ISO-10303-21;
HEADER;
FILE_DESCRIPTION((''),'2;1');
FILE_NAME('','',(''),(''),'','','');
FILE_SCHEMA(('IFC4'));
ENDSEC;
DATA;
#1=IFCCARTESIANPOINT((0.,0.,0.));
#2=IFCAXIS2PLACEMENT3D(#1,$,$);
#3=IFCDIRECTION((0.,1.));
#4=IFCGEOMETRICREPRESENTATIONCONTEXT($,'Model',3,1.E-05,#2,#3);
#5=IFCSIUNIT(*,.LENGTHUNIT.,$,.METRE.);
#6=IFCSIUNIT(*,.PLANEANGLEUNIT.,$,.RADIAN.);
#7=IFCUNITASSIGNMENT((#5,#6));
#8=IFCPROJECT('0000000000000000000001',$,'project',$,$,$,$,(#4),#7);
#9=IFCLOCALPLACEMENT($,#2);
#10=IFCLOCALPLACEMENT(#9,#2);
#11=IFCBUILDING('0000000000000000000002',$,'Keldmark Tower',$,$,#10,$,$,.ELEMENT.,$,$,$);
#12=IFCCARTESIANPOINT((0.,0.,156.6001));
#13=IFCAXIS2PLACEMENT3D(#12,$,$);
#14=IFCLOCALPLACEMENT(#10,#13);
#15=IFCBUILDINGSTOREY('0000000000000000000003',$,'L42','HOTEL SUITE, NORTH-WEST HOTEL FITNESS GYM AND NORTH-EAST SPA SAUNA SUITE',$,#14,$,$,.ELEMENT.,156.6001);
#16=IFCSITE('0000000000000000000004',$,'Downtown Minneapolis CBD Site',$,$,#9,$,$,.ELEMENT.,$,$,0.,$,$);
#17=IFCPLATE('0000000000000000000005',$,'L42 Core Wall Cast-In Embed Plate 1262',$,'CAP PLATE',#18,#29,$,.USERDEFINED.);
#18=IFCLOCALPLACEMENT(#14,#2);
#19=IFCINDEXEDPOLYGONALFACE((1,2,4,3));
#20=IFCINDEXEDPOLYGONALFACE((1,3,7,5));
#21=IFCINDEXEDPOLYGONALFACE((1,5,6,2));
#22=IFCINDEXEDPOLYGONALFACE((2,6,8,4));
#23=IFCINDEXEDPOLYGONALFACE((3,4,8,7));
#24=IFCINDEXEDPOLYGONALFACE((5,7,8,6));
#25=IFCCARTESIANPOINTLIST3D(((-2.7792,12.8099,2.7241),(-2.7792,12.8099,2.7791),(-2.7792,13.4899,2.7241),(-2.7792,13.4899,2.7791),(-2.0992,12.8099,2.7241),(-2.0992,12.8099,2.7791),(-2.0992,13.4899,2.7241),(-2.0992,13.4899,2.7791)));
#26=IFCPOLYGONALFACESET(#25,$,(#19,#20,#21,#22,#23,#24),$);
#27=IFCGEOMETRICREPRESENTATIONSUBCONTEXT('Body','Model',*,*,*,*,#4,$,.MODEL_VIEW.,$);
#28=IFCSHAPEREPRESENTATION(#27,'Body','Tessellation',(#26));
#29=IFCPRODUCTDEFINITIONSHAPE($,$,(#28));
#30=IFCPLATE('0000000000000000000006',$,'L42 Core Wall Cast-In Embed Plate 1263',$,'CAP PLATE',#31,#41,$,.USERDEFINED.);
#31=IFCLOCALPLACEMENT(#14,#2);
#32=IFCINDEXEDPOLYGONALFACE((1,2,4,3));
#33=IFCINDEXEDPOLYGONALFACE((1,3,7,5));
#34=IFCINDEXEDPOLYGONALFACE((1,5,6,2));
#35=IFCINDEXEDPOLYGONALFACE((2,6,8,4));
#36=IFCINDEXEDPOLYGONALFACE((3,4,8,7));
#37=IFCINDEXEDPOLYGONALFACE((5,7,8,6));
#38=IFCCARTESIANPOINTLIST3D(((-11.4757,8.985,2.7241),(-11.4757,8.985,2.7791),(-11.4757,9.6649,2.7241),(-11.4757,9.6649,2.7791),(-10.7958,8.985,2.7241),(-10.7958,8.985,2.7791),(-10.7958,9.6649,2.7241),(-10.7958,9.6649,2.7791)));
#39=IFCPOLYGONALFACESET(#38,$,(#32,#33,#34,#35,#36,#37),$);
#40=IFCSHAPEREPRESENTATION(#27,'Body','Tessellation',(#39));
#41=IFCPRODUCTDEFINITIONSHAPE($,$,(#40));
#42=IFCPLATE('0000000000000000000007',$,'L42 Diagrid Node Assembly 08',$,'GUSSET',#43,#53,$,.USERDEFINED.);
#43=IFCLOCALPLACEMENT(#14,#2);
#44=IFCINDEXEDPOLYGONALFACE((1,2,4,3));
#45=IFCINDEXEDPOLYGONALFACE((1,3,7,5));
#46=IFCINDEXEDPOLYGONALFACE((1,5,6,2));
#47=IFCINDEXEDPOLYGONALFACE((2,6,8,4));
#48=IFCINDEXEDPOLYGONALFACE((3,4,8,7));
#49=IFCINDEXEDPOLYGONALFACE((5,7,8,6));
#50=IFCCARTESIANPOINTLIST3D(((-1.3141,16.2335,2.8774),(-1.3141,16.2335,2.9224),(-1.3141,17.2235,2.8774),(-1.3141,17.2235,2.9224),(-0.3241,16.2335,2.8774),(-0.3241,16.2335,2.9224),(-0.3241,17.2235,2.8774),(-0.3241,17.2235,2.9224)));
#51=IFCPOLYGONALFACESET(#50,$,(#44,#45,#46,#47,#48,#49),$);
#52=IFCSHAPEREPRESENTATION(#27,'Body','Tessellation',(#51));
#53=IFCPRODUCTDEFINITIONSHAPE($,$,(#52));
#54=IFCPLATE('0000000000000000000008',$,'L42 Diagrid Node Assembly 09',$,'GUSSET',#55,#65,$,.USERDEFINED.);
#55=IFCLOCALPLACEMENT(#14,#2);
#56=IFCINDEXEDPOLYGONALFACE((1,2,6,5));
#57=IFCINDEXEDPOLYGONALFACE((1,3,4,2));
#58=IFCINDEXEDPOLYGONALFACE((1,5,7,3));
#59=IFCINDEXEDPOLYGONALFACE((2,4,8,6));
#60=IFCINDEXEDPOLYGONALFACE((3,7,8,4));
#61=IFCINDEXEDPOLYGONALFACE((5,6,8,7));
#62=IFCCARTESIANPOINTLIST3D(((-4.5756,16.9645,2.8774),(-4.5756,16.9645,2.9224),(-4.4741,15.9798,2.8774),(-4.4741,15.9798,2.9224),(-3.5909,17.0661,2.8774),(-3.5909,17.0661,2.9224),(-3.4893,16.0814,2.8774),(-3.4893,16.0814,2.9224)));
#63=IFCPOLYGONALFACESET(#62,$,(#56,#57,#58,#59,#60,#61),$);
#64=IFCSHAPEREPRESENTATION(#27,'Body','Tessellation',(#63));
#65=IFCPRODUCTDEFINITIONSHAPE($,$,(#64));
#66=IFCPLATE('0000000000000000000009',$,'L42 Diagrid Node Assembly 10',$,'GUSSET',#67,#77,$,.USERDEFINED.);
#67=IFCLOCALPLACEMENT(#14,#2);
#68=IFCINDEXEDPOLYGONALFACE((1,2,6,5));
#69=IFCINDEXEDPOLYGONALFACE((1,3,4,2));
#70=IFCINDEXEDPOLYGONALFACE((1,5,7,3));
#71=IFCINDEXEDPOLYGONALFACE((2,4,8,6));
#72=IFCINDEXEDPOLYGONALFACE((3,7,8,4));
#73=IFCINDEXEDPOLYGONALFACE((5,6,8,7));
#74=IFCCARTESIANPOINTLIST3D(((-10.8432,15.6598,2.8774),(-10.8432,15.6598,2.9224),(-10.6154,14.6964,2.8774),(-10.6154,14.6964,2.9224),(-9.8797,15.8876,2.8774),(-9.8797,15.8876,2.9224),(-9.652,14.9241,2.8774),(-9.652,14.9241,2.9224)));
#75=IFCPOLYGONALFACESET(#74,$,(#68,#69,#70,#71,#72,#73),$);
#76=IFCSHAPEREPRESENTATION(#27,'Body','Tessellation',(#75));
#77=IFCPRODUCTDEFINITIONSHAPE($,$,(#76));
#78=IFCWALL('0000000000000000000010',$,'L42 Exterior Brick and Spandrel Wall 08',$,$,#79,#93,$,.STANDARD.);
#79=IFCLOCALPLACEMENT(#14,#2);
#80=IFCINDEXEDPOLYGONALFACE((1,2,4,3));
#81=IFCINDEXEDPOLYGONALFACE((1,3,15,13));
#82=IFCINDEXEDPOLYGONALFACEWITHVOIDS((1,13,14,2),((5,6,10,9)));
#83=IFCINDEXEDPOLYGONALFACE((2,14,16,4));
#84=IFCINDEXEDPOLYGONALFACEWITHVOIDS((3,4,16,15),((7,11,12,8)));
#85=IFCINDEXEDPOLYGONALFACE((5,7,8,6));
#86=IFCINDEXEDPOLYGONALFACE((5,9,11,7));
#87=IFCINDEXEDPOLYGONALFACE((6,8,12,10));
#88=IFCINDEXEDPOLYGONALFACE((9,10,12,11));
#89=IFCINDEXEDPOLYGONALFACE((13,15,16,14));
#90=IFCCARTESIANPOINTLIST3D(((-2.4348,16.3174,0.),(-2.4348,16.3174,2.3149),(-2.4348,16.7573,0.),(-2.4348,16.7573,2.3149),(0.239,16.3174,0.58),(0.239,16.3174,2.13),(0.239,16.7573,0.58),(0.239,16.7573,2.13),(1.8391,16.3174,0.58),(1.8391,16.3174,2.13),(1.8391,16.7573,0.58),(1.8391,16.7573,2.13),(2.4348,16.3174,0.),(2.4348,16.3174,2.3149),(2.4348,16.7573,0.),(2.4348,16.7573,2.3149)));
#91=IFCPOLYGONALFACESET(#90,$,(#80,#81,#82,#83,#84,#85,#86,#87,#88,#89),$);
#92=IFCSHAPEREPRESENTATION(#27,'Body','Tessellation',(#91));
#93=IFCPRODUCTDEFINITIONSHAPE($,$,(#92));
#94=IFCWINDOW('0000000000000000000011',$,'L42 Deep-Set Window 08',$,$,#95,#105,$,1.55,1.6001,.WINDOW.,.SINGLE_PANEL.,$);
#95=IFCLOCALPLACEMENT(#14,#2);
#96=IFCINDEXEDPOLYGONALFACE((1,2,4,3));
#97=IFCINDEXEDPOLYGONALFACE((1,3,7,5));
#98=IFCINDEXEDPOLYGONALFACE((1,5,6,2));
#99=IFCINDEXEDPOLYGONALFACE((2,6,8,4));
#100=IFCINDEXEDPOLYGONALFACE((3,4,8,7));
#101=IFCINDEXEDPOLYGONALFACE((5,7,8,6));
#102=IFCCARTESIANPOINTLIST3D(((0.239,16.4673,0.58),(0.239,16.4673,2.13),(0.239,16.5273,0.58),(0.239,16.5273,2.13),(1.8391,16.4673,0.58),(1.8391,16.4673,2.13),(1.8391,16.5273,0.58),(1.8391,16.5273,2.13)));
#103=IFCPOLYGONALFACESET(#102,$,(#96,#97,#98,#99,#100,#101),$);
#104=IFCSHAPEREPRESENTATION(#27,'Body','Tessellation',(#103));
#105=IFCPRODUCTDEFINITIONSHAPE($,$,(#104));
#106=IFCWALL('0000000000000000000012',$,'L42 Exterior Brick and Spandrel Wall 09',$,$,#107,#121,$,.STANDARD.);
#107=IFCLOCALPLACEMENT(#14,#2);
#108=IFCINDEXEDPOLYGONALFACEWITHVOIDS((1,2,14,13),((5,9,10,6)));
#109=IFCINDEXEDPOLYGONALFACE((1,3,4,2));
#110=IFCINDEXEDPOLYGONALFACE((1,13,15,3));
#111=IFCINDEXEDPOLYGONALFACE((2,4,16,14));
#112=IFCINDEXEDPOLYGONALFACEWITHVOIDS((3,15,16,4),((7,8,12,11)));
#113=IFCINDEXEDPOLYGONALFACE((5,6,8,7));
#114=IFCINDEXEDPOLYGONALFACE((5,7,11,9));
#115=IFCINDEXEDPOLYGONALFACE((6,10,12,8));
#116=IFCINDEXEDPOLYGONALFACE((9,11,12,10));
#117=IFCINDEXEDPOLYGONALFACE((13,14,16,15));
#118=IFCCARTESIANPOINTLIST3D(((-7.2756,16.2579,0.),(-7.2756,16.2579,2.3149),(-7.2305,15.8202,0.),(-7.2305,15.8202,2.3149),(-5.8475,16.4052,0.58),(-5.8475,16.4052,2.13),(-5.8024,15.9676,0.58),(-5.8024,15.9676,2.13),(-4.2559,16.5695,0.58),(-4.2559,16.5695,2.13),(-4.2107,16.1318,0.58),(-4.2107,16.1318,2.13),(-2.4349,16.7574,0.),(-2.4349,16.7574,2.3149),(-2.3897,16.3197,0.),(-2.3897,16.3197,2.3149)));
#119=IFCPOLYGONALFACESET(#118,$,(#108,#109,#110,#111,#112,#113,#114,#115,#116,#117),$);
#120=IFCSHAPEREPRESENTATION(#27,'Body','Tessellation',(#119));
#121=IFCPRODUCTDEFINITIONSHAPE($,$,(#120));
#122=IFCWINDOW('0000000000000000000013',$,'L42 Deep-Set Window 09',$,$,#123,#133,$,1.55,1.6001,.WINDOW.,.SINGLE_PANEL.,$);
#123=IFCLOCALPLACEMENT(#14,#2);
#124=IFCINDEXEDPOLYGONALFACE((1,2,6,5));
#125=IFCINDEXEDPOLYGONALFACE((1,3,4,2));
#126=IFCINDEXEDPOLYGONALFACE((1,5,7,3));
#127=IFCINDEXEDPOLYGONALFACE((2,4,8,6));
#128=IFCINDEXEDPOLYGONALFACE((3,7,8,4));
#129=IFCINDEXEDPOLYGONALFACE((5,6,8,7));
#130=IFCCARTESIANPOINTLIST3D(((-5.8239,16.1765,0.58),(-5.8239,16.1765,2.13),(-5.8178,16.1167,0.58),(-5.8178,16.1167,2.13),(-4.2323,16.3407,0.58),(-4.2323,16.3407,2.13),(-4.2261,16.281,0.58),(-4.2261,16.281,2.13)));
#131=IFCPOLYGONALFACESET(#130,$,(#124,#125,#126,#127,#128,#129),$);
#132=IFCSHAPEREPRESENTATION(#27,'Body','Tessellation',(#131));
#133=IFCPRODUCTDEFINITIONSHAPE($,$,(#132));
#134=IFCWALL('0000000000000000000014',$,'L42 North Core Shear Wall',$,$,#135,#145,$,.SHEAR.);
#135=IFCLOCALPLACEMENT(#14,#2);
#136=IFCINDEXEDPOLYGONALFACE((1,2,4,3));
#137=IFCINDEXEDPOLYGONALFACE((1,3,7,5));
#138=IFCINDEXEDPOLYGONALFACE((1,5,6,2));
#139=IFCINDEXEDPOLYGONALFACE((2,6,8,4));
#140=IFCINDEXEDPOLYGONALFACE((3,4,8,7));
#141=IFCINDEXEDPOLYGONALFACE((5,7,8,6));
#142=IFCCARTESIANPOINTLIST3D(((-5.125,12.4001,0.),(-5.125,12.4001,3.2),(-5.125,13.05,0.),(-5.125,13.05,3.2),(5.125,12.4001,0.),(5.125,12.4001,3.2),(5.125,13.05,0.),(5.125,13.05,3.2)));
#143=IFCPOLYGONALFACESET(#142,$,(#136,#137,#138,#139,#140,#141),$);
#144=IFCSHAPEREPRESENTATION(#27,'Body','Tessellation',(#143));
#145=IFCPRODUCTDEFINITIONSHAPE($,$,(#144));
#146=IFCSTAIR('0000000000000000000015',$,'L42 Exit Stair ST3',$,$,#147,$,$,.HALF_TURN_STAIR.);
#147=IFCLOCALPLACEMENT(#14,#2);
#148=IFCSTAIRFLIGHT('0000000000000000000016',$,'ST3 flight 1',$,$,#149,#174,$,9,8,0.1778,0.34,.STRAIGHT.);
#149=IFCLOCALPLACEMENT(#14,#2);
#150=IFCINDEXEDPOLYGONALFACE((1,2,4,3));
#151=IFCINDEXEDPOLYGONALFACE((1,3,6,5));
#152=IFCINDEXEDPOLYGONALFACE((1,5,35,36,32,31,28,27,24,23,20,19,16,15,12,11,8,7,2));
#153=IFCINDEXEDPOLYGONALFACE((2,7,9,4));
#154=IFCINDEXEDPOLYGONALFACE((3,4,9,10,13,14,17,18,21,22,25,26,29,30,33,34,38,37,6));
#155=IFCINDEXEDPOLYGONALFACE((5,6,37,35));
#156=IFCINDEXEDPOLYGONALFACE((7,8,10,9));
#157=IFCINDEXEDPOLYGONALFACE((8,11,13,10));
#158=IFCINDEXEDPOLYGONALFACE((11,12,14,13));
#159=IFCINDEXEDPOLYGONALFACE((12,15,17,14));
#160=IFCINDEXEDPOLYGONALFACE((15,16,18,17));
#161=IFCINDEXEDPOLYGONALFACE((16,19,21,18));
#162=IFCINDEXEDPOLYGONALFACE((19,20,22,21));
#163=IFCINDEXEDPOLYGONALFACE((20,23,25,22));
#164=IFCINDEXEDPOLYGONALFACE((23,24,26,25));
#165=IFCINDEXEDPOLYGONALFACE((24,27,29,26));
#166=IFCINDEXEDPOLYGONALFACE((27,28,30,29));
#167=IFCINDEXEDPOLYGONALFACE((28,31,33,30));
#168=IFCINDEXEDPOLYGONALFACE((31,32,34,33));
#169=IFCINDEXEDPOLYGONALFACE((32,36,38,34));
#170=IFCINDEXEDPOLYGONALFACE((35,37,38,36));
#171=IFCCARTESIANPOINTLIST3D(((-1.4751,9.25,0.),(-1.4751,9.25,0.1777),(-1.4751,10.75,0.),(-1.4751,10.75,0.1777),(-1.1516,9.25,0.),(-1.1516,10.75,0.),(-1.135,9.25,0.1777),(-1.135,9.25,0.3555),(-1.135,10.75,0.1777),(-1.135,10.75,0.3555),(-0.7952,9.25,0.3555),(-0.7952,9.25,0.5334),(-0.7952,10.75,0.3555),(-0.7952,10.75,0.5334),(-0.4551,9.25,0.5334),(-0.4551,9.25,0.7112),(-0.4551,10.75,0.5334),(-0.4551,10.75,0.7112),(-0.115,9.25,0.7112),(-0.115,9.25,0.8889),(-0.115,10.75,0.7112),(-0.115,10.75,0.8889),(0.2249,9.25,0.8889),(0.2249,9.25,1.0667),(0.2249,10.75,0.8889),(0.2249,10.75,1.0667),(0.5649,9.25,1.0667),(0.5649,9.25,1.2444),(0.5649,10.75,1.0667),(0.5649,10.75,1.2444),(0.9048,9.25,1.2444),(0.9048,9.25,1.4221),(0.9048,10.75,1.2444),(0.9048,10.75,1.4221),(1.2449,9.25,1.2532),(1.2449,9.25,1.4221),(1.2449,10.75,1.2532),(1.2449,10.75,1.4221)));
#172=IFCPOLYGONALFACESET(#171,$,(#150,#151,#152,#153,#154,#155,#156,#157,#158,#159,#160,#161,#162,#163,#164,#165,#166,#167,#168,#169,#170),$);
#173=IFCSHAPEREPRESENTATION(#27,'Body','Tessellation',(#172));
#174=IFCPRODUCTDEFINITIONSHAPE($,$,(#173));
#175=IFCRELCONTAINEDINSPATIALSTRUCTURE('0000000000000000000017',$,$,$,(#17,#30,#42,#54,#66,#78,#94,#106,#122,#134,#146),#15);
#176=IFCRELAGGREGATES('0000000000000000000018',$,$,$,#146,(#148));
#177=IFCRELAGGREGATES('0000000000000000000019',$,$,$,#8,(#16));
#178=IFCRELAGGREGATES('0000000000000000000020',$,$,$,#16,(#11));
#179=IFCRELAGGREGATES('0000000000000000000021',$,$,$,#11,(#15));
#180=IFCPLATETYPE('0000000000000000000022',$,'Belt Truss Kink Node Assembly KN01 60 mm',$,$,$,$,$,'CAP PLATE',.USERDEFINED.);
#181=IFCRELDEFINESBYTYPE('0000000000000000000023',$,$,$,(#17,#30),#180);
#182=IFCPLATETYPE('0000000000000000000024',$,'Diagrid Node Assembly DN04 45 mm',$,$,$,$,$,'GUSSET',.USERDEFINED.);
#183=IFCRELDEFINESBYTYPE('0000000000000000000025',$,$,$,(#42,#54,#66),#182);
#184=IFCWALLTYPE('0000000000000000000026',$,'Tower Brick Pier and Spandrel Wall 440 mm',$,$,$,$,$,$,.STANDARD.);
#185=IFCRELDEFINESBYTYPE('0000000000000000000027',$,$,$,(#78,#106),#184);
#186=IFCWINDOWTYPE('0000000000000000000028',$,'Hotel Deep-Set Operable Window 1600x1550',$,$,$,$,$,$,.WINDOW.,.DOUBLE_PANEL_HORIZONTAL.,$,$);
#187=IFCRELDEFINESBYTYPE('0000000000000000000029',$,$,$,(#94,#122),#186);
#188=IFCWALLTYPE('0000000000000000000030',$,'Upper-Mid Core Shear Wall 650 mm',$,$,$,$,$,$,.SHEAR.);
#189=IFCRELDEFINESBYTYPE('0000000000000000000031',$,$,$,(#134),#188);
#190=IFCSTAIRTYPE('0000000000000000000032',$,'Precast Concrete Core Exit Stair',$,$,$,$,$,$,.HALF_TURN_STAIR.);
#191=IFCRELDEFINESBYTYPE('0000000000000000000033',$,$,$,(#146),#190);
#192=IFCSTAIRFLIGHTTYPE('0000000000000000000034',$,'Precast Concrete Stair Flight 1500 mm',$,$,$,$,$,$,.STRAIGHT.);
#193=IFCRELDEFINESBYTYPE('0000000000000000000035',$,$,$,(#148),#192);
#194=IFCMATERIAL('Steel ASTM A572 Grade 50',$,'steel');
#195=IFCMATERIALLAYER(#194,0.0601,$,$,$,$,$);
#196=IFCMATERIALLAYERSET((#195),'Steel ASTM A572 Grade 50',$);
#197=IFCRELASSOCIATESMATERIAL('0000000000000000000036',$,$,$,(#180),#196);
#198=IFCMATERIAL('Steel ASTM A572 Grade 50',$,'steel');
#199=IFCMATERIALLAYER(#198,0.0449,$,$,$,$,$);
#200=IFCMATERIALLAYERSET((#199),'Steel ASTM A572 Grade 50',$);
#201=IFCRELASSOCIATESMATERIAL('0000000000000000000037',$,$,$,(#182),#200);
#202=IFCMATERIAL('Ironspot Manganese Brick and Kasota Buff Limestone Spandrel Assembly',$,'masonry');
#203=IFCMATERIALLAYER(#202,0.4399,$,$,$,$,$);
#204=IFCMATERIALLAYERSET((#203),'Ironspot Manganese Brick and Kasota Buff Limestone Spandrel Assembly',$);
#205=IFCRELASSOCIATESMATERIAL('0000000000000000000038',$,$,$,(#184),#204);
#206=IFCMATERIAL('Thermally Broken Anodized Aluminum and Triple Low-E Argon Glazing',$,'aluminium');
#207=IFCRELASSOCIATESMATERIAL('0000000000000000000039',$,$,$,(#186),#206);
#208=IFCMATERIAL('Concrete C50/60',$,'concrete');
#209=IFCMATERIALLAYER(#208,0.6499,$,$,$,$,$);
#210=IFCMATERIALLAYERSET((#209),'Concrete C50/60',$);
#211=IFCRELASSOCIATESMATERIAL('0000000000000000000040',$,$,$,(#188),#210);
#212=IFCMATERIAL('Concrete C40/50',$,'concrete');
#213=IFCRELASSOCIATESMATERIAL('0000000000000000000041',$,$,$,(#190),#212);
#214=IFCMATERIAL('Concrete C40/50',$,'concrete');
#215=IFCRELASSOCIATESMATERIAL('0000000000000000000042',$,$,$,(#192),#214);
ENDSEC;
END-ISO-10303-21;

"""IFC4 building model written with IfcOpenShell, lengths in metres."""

from ifc_helpers import new_model, si_unit, direction, frame, frame_2d, origin, origin_2d, place, context, subcontext, project, spatial, polyline, rectangle, outline, extrude, material, layer, layer_set, type_object, element, fill, aggregate, save


model = new_model("IFC4")

# Units and contexts
model_context = context("Model", 3, precision=1e-05, world=origin(), true_north=direction((0.0, 1.0)))
body_context = subcontext(model_context, "Body", "Model", "MODEL_VIEW")
ifc_project = project(units=[si_unit("LENGTHUNIT", "METRE"), si_unit("PLANEANGLEUNIT", "RADIAN")], contexts=[model_context])

# Site, building, storey
site_placement = place(None, origin())
site = spatial("IfcSite", under=ifc_project, at=site_placement, Name="Downtown Minneapolis CBD Site", CompositionType="ELEMENT", RefElevation=0.0)
building_placement = place(site_placement, origin())
building = spatial("IfcBuilding", under=site, at=building_placement, Name="Keldmark Tower", CompositionType="ELEMENT")
storey_placement = place(building_placement, frame((0.0, 0.0, 156.6001)))
storey = spatial("IfcBuildingStorey", under=building, at=storey_placement, Name="L42", Description="HOTEL SUITE, NORTH-WEST HOTEL FITNESS GYM AND NORTH-EAST SPA SAUNA SUITE", CompositionType="ELEMENT", Elevation=156.6001)

# Plates
ifc_material_1 = material(Name="Steel ASTM A572 Grade 50", Category="steel")
ifc_layer_1 = layer(ifc_material_1, 0.0601)
ifc_layer_set_1 = layer_set([ifc_layer_1], Name="Steel ASTM A572 Grade 50")
plate_type_1 = type_object("IfcPlateType", Name="Belt Truss Kink Node Assembly KN01 60 mm", ElementType="CAP PLATE", PredefinedType="USERDEFINED", material=ifc_layer_set_1)
for number, where, z_axis, x_axis, name in (
    (1, (-2.4392, 13.1499, 2.7241), (0.0, 0.0, 1.0), (1.0, 0.0, 0.0), "L42 Core Wall Cast-In Embed Plate 1262"),
    (2, (-11.1357, 9.325, 2.7241), (0.0, 0.0, 1.0), (1.0, 0.0, 0.0), "L42 Core Wall Cast-In Embed Plate 1263"),
):
    element("IfcPlate", number, at=place(storey_placement, frame(where, z_axis=z_axis, x_axis=x_axis)), inside=storey, type_object=plate_type_1, Name=name, ObjectType="CAP PLATE", PredefinedType="USERDEFINED", context=body_context, shape_type="SweptSolid", body=[
        extrude(rectangle(XDim=0.6799, YDim=0.6799, at=origin_2d()), origin(), (0.0, 0.0, 1.0), 0.0549),
    ])
ifc_material_2 = material(Name="Steel ASTM A572 Grade 50", Category="steel")
ifc_layer_2 = layer(ifc_material_2, 0.0449)
ifc_layer_set_2 = layer_set([ifc_layer_2], Name="Steel ASTM A572 Grade 50")
plate_type_2 = type_object("IfcPlateType", Name="Diagrid Node Assembly DN04 45 mm", ElementType="GUSSET", PredefinedType="USERDEFINED", material=ifc_layer_set_2)
for number, where, z_axis, x_axis, name in (
    (3, (-0.8191, 16.7285, 2.8774), (0.0, 0.0, 1.0), (-1.0, 0.0, 0.0), "L42 Diagrid Node Assembly 08"),
    (4, (-4.0325, 16.5229, 2.8774), (0.0, 0.0, 1.0), (-0.994721, -0.102619, 0.0), "L42 Diagrid Node Assembly 09"),
    (5, (-10.2476, 15.292, 2.8774), (0.0, 0.0, 1.0), (-0.973179, -0.23005, 0.0), "L42 Diagrid Node Assembly 10"),
):
    element("IfcPlate", number, at=place(storey_placement, frame(where, z_axis=z_axis, x_axis=x_axis)), inside=storey, type_object=plate_type_2, Name=name, ObjectType="GUSSET", PredefinedType="USERDEFINED", context=body_context, shape_type="SweptSolid", body=[
        extrude(rectangle(XDim=0.99, YDim=0.99, at=origin_2d()), origin(), (0.0, 0.0, 1.0), 0.0449),
    ])

# Walls, openings, windows
ifc_material_3 = material(Name="Ironspot Manganese Brick and Kasota Buff Limestone Spandrel Assembly", Category="masonry")
ifc_layer_3 = layer(ifc_material_3, 0.4399)
ifc_layer_set_3 = layer_set([ifc_layer_3], Name="Ironspot Manganese Brick and Kasota Buff Limestone Spandrel Assembly")
wall_type_1 = type_object("IfcWallType", Name="Tower Brick Pier and Spandrel Wall 440 mm", PredefinedType="STANDARD", material=ifc_layer_set_3)
wall_1_placement = place(storey_placement, frame((-2.4348, 16.5374, 0.0), z_axis=(0.0, 0.0, 1.0), x_axis=(1.0, 0.0, 0.0)))
wall_1 = element("IfcWall", 6, at=wall_1_placement, inside=storey, type_object=wall_type_1, Name="L42 Exterior Brick and Spandrel Wall 08", PredefinedType="STANDARD", context=body_context, shape_type="SweptSolid", body=[
    extrude(rectangle(XDim=4.8696, YDim=0.4399, at=frame_2d((2.4348, 0.0))), origin(), (0.0, 0.0, 1.0), 2.3149),
])
opening_1_placement = place(wall_1_placement, frame((2.6738, 0.0, 0.5801)))
opening_1 = element("IfcOpeningElement", 7, at=opening_1_placement, cuts=wall_1, PredefinedType="OPENING", context=body_context, shape_type="SweptSolid", body=[
    extrude(rectangle(XDim=1.6001, YDim=1.55, at=frame_2d((0.8, 0.7749))), frame((0.0, 0.23, 0.0), z_axis=(0.0, -1.0, 0.0), x_axis=(1.0, 0.0, 0.0)), (0.0, 0.0, 1.0), 0.46),
])
ifc_material_4 = material(Name="Thermally Broken Anodized Aluminum and Triple Low-E Argon Glazing", Category="aluminium")
window_type = type_object("IfcWindowType", Name="Hotel Deep-Set Operable Window 1600x1550", PartitioningType="DOUBLE_PANEL_HORIZONTAL", PredefinedType="WINDOW", material=ifc_material_4)
window_1_placement = place(opening_1_placement, origin())
window_1 = element("IfcWindow", 8, at=window_1_placement, inside=storey, type_object=window_type, Name="L42 Deep-Set Window 08", OverallHeight=1.55, OverallWidth=1.6001, PartitioningType="SINGLE_PANEL", PredefinedType="WINDOW", context=body_context, shape_type="SweptSolid", body=[
    extrude(rectangle(XDim=1.6001, YDim=1.55, at=frame_2d((0.8, 0.7749))), frame((0.0, -0.01, 0.0), z_axis=(0.0, -1.0, 0.0), x_axis=(1.0, 0.0, 0.0)), (0.0, 0.0, 1.0), 0.0601),
])
fill(opening_1, window_1)
wall_2_placement = place(storey_placement, frame((-7.2529, 16.0391, 0.0), z_axis=(0.0, 0.0, 1.0), x_axis=(0.994718, 0.102642, 0.0)))
wall_2 = element("IfcWall", 9, at=wall_2_placement, inside=storey, type_object=wall_type_1, Name="L42 Exterior Brick and Spandrel Wall 09", PredefinedType="STANDARD", context=body_context, shape_type="SweptSolid", body=[
    extrude(rectangle(XDim=4.8665, YDim=0.4399, at=frame_2d((2.4331, 0.0))), origin(), (0.0, 0.0, 1.0), 2.3149),
])
opening_2_placement = place(wall_2_placement, frame((1.4355, 0.0, 0.5801)))
opening_2 = element("IfcOpeningElement", 10, at=opening_2_placement, cuts=wall_2, PredefinedType="OPENING", context=body_context, shape_type="SweptSolid", body=[
    extrude(rectangle(XDim=1.6001, YDim=1.55, at=frame_2d((0.8, 0.7749))), frame((0.0, 0.23, 0.0), z_axis=(0.0, -1.0, 0.0), x_axis=(1.0, 0.0, 0.0)), (0.0, 0.0, 1.0), 0.46),
])
window_2_placement = place(opening_2_placement, origin())
window_2 = element("IfcWindow", 11, at=window_2_placement, inside=storey, type_object=window_type, Name="L42 Deep-Set Window 09", OverallHeight=1.55, OverallWidth=1.6001, PartitioningType="SINGLE_PANEL", PredefinedType="WINDOW", context=body_context, shape_type="SweptSolid", body=[
    extrude(rectangle(XDim=1.6001, YDim=1.55, at=frame_2d((0.8, 0.7749))), frame((0.0, -0.01, 0.0), z_axis=(0.0, -1.0, 0.0), x_axis=(1.0, 0.0, 0.0)), (0.0, 0.0, 1.0), 0.0601),
])
fill(opening_2, window_2)

# Wall
ifc_material_5 = material(Name="Concrete C50/60", Category="concrete")
ifc_layer_4 = layer(ifc_material_5, 0.6499)
ifc_layer_set_4 = layer_set([ifc_layer_4], Name="Concrete C50/60")
wall_type_2 = type_object("IfcWallType", Name="Upper-Mid Core Shear Wall 650 mm", PredefinedType="SHEAR", material=ifc_layer_set_4)
wall_3_placement = place(storey_placement, frame((-5.125, 12.7251, 0.0), z_axis=(0.0, 0.0, 1.0), x_axis=(1.0, 0.0, 0.0)))
element("IfcWall", 12, at=wall_3_placement, inside=storey, type_object=wall_type_2, Name="L42 North Core Shear Wall", PredefinedType="SHEAR", context=body_context, shape_type="SweptSolid", body=[
    extrude(rectangle(XDim=10.25, YDim=0.6499, at=frame_2d((5.125, 0.0))), origin(), (0.0, 0.0, 1.0), 3.2),
])

# Stair, stair flight
ifc_material_6 = material(Name="Concrete C40/50", Category="concrete")
stair_type = type_object("IfcStairType", Name="Precast Concrete Core Exit Stair", PredefinedType="HALF_TURN_STAIR", material=ifc_material_6)
stair_placement = place(storey_placement, origin())
stair = element("IfcStair", 13, at=stair_placement, inside=storey, type_object=stair_type, Name="L42 Exit Stair ST3", PredefinedType="HALF_TURN_STAIR")
ifc_material_7 = material(Name="Concrete C40/50", Category="concrete")
stair_flight_type = type_object("IfcStairFlightType", Name="Precast Concrete Stair Flight 1500 mm", PredefinedType="STRAIGHT", material=ifc_material_7)
stair_flight_placement = place(storey_placement, frame((-1.4751, 10.0, 0.0), z_axis=(0.0, 0.0, 1.0), x_axis=(1.0, 0.0, 0.0)))
stair_flight = element("IfcStairFlight", 14, at=stair_flight_placement, type_object=stair_flight_type, Name="ST3 flight 1", NumberOfRisers=9, NumberOfTreads=8, PredefinedType="STRAIGHT", RiserHeight=0.1778, TreadLength=0.34, context=body_context, shape_type="SweptSolid", body=[
    extrude(outline(polyline([(0.0, 0.0), (0.0, 0.1777), (0.3401, 0.1777), (0.3401, 0.3555), (0.6799, 0.3555), (0.6799, 0.5334), (1.02, 0.5334), (1.02, 0.7112), (1.3601, 0.7112), (1.3601, 0.8889), (1.7, 0.8889), (1.7, 1.0667), (2.04, 1.0667), (2.04, 1.2444), (2.3799, 1.2444), (2.3799, 1.4221), (2.72, 1.4221), (2.72, 1.6001), (2.72, 1.2532), (0.3235, 0.0), (0.0, 0.0)])), frame((0.0, 0.75, 0.0), z_axis=(0.0, -1.0, 0.0), x_axis=(1.0, 0.0, 0.0)), (0.0, 0.0, 1.0), 1.5),
])
aggregate(stair, [stair_flight])

save(model, "model.ifc")
